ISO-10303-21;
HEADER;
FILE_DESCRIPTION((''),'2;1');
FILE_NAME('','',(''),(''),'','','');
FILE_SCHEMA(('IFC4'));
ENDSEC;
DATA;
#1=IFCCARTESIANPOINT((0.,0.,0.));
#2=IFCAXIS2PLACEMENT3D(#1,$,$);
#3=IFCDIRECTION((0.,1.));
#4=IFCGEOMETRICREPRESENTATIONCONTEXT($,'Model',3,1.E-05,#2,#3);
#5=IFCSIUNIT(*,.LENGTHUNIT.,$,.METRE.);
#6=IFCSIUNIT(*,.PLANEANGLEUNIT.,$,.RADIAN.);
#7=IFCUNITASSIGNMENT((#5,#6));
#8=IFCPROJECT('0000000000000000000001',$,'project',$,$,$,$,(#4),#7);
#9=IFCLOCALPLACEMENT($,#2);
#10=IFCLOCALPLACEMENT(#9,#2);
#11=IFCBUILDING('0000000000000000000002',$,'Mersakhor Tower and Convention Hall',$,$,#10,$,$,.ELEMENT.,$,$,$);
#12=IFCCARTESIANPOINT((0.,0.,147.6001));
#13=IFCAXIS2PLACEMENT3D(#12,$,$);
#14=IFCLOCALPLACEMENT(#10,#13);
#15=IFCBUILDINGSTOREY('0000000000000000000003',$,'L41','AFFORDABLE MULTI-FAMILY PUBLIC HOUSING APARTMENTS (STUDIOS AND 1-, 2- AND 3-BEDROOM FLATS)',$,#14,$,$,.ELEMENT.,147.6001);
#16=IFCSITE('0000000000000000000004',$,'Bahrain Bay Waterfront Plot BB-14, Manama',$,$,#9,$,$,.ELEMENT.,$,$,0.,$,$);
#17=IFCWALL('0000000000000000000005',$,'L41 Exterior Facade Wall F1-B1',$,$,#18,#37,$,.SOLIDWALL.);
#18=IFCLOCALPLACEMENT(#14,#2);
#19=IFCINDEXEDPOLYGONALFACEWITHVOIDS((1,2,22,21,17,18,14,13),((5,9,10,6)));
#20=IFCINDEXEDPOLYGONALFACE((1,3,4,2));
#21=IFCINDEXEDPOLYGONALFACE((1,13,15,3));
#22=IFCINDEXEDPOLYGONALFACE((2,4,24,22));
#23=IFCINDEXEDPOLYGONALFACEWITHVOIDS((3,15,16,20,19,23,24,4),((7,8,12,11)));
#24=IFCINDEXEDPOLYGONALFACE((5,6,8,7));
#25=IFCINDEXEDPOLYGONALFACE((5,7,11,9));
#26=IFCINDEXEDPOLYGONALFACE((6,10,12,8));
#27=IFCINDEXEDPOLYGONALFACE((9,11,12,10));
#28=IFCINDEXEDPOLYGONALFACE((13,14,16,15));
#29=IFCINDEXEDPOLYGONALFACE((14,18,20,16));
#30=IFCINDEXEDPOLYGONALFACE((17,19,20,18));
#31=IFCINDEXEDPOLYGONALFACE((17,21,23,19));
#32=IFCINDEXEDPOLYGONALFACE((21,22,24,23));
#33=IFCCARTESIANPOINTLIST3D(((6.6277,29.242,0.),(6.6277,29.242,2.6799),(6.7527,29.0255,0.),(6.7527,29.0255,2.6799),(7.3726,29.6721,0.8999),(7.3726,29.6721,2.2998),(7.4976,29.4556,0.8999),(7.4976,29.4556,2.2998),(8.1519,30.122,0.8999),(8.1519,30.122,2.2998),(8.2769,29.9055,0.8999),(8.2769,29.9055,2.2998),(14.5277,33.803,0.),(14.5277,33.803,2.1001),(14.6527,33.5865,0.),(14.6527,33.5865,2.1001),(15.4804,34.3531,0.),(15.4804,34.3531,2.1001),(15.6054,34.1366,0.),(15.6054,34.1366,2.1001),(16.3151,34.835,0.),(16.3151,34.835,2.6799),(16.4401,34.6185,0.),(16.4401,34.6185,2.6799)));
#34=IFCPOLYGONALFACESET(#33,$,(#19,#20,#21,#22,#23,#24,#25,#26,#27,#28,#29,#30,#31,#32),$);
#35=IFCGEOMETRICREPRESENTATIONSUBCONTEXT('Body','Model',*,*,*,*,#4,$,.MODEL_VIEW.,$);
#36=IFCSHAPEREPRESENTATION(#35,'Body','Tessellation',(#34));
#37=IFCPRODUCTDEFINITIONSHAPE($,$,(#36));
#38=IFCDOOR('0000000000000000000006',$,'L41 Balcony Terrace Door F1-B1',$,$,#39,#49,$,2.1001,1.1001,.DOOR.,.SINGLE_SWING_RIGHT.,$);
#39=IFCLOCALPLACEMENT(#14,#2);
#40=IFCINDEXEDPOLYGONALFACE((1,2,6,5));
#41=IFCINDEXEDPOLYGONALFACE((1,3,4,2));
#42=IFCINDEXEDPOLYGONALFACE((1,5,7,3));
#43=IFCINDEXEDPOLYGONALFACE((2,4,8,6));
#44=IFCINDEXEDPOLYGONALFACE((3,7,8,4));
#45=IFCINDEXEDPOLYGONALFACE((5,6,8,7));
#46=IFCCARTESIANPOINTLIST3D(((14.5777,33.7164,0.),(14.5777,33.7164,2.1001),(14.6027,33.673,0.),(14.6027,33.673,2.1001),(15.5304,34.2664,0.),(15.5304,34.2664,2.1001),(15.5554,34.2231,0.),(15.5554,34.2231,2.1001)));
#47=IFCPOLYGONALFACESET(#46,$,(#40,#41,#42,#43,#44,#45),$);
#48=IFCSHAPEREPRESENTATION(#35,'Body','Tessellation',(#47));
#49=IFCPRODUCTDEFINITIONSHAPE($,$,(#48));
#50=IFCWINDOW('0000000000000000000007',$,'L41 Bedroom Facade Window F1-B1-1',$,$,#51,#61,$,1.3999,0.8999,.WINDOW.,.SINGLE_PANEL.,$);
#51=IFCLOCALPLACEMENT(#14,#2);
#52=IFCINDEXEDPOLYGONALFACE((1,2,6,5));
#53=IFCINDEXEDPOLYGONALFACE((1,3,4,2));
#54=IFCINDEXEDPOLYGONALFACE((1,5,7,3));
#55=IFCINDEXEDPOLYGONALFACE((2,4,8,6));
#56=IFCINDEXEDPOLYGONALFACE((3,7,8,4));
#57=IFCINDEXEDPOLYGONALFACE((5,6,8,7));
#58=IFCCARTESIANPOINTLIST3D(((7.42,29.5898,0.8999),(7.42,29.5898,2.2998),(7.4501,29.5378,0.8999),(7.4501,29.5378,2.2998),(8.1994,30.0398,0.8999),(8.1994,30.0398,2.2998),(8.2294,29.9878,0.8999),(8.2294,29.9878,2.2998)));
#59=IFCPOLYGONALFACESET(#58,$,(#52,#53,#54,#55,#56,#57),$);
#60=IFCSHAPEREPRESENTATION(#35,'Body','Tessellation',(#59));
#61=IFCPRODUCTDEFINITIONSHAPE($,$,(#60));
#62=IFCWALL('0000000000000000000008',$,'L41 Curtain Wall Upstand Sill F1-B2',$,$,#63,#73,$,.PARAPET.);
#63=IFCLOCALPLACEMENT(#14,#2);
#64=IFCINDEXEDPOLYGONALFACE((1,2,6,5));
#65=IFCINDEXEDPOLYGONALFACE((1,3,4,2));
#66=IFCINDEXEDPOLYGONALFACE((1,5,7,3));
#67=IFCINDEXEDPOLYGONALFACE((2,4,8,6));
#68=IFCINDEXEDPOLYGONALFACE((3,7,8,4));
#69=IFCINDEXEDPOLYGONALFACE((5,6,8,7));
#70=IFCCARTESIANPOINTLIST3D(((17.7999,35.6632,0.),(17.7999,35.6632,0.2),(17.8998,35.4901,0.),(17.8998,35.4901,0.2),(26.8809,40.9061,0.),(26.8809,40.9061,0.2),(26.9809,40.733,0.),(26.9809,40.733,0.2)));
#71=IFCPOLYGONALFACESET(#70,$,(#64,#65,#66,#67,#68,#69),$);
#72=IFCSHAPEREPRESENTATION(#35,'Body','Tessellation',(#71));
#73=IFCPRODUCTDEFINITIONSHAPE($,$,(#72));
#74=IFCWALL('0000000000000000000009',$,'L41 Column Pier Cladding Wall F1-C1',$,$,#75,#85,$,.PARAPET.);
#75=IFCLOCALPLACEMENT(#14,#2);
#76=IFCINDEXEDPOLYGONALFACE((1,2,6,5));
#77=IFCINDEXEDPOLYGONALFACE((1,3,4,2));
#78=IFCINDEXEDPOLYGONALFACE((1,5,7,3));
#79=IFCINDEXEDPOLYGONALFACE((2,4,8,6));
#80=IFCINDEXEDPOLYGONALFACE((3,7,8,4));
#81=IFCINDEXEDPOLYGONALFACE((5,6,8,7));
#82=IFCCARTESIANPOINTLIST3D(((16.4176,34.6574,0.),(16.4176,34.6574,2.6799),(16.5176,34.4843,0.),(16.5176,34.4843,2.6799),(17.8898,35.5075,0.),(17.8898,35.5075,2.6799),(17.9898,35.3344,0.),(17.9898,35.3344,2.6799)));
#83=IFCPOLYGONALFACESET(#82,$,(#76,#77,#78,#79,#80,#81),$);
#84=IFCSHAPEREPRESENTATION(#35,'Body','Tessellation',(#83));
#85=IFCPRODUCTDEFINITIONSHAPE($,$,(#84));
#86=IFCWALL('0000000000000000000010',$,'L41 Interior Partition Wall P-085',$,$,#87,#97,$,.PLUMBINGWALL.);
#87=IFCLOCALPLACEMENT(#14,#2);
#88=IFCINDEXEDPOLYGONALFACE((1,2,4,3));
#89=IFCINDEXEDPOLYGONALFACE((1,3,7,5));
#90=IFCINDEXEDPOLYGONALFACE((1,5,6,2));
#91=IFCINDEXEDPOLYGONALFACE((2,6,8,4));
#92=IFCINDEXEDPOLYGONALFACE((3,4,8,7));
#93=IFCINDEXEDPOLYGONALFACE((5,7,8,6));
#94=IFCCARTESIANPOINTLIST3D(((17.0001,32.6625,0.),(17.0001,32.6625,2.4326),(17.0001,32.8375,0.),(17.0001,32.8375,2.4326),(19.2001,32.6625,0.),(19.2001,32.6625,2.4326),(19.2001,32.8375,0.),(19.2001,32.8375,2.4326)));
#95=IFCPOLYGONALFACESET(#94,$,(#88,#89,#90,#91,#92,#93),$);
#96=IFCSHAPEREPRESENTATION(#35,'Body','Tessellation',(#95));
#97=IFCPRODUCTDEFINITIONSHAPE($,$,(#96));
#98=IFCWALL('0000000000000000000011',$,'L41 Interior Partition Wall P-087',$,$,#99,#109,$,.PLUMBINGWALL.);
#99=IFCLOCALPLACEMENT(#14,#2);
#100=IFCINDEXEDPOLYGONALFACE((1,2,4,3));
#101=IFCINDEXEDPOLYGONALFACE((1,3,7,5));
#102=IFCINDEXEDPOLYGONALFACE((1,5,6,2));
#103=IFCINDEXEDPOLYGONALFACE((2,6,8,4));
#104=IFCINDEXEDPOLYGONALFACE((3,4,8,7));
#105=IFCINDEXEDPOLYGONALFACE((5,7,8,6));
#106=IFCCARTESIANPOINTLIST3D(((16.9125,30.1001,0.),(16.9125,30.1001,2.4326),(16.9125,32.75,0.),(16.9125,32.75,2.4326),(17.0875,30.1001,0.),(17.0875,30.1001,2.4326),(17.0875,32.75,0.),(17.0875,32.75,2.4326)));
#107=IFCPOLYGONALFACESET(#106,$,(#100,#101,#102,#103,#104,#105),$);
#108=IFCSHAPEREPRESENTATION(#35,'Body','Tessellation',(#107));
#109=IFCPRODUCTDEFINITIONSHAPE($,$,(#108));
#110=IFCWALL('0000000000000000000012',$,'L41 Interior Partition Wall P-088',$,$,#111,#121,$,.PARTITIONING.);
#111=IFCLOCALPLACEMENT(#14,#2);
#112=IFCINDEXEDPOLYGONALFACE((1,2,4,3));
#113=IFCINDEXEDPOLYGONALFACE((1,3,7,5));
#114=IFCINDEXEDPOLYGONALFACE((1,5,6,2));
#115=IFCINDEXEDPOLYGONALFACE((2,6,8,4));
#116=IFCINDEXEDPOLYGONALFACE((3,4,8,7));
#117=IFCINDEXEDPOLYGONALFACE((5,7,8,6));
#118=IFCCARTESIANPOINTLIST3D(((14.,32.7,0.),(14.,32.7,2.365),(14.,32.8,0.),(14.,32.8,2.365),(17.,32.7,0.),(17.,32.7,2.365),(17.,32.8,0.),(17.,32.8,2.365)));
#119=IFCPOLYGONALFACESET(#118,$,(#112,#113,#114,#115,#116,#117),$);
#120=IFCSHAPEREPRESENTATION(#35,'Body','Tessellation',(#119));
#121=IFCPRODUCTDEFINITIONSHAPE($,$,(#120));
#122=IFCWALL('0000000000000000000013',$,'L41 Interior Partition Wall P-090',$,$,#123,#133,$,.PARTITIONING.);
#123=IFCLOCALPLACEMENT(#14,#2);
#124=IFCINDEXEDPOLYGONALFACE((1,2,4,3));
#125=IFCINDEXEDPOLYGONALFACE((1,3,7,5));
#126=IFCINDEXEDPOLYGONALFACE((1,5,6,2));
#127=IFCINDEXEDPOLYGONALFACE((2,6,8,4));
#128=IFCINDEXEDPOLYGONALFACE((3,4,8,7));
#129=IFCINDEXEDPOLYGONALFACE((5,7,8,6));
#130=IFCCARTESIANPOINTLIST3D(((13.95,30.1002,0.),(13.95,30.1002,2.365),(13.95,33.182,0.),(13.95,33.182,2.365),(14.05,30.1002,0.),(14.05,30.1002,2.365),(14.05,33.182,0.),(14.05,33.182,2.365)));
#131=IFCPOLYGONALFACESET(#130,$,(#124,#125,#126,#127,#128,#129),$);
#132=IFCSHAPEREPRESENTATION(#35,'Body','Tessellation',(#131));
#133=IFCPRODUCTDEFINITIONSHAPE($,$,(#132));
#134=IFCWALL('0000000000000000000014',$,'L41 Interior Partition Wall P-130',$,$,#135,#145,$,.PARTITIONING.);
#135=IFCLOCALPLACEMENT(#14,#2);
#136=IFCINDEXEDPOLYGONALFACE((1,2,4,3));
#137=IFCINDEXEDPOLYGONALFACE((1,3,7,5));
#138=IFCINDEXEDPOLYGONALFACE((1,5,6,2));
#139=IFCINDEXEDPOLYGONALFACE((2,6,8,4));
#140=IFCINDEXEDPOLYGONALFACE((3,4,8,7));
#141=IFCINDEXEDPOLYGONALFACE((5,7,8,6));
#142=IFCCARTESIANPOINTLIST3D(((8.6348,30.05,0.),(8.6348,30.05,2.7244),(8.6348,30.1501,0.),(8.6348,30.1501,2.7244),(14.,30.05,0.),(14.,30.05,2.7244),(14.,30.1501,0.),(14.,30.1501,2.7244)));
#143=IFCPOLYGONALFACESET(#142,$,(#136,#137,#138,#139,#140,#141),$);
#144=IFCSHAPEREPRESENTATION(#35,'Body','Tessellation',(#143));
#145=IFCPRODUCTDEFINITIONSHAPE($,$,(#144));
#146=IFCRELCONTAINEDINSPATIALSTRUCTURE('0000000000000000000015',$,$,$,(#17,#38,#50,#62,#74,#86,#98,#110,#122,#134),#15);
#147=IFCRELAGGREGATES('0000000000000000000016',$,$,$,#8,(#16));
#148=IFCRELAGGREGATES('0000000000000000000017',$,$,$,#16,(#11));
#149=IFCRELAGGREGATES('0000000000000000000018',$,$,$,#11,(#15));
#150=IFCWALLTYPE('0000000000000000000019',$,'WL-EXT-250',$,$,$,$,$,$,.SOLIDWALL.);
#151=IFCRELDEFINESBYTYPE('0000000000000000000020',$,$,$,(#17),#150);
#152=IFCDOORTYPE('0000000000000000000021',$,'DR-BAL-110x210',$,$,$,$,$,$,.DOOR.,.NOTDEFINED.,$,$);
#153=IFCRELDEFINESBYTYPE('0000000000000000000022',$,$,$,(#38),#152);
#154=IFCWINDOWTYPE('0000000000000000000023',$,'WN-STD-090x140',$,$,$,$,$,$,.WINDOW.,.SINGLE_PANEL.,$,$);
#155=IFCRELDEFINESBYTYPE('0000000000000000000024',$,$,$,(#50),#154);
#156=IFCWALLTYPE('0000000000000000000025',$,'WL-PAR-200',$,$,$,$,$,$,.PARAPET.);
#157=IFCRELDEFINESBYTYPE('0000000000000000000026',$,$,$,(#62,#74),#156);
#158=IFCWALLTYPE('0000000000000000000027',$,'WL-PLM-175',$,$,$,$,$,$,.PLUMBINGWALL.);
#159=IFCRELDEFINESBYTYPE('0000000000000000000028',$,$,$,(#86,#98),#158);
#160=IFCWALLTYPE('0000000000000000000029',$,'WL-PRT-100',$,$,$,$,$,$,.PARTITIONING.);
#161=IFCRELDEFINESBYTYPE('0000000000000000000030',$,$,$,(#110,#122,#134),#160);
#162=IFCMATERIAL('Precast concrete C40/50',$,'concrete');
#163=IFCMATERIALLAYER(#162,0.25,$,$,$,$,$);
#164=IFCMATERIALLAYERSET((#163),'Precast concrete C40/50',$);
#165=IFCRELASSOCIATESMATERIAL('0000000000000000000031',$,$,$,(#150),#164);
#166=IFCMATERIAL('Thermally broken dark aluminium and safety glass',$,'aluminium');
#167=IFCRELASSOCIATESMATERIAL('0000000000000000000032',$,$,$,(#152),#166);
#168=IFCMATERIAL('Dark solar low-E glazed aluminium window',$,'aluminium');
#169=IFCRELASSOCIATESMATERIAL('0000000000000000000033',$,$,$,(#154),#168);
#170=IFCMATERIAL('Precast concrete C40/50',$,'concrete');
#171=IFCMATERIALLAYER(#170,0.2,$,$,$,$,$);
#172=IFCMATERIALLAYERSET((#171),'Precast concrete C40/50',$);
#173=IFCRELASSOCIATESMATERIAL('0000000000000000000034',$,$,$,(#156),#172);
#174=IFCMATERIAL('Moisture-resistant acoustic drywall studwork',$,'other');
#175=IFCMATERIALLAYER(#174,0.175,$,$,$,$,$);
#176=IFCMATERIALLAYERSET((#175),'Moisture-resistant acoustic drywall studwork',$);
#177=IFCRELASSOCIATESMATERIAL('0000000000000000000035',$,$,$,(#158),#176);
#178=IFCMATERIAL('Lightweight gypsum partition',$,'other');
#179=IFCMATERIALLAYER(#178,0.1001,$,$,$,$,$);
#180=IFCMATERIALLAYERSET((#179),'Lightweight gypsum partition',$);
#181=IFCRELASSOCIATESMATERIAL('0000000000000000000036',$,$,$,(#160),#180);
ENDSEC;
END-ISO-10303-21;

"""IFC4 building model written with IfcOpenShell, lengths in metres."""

from ifc_helpers import new_model, si_unit, direction, frame, frame_2d, origin, place, context, subcontext, project, spatial, rectangle, extrude, material, layer, layer_set, type_object, element, fill, save


model = new_model("IFC4")

# Units and contexts
model_context = context("Model", 3, precision=1e-05, world=origin(), true_north=direction((0.0, 1.0)))
body_context = subcontext(model_context, "Body", "Model", "MODEL_VIEW")
ifc_project = project(units=[si_unit("LENGTHUNIT", "METRE"), si_unit("PLANEANGLEUNIT", "RADIAN")], contexts=[model_context])

# Site, building, storey
site_placement = place(None, origin())
site = spatial("IfcSite", under=ifc_project, at=site_placement, Name="Bahrain Bay Waterfront Plot BB-14, Manama", CompositionType="ELEMENT", RefElevation=0.0)
building_placement = place(site_placement, origin())
building = spatial("IfcBuilding", under=site, at=building_placement, Name="Mersakhor Tower and Convention Hall", CompositionType="ELEMENT")
storey_placement = place(building_placement, frame((0.0, 0.0, 147.6001)))
storey = spatial("IfcBuildingStorey", under=building, at=storey_placement, Name="L41", Description="AFFORDABLE MULTI-FAMILY PUBLIC HOUSING APARTMENTS (STUDIOS AND 1-, 2- AND 3-BEDROOM FLATS)", CompositionType="ELEMENT", Elevation=147.6001)

# Wall, openings, door, window
ifc_material_1 = material(Name="Precast concrete C40/50", Category="concrete")
ifc_layer_1 = layer(ifc_material_1, 0.25)
ifc_layer_set_1 = layer_set([ifc_layer_1], Name="Precast concrete C40/50")
wall_type_1 = type_object("IfcWallType", Name="WL-EXT-250", PredefinedType="SOLIDWALL", material=ifc_layer_set_1)
wall_1_placement = place(storey_placement, frame((6.6902, 29.1338, 0.0), z_axis=(0.0, 0.0, 1.0), x_axis=(0.866028, 0.499996, 0.0)))
wall_1 = element("IfcWall", 1, at=wall_1_placement, inside=storey, type_object=wall_type_1, Name="L41 Exterior Facade Wall F1-B1", PredefinedType="SOLIDWALL", context=body_context, shape_type="SweptSolid", body=[
    extrude(rectangle(XDim=11.186, YDim=0.25, at=frame_2d((5.593, 0.0))), origin(), (0.0, 0.0, 1.0), 2.6799),
])
opening_1_placement = place(wall_1_placement, frame((9.1221, 0.0, 0.0)))
opening_1 = element("IfcOpeningElement", 2, at=opening_1_placement, cuts=wall_1, PredefinedType="OPENING", context=body_context, shape_type="SweptSolid", body=[
    extrude(rectangle(XDim=1.1001, YDim=2.1001, at=frame_2d((0.55, 1.05))), frame((0.0, 0.135, 0.0), z_axis=(0.0, -1.0, 0.0), x_axis=(1.0, 0.0, 0.0)), (0.0, 0.0, 1.0), 0.27),
])
opening_2_placement = place(wall_1_placement, frame((0.8601, 0.0, 0.8999)))
opening_2 = element("IfcOpeningElement", 3, at=opening_2_placement, cuts=wall_1, PredefinedType="OPENING", context=body_context, shape_type="SweptSolid", body=[
    extrude(rectangle(XDim=0.8999, YDim=1.3999, at=frame_2d((0.45, 0.7))), frame((0.0, 0.135, 0.0), z_axis=(0.0, -1.0, 0.0), x_axis=(1.0, 0.0, 0.0)), (0.0, 0.0, 1.0), 0.27),
])
ifc_material_2 = material(Name="Thermally broken dark aluminium and safety glass", Category="aluminium")
door_type_1 = type_object("IfcDoorType", Name="DR-BAL-110x210", OperationType="NOTDEFINED", PredefinedType="DOOR", material=ifc_material_2)
door_1_placement = place(opening_1_placement, origin())
door_1 = element("IfcDoor", 4, at=door_1_placement, inside=storey, type_object=door_type_1, Name="L41 Balcony Terrace Door F1-B1", OperationType="SINGLE_SWING_RIGHT", OverallHeight=2.1001, OverallWidth=1.1001, PredefinedType="DOOR", context=body_context, shape_type="SweptSolid", body=[
    extrude(rectangle(XDim=1.1001, YDim=2.1001, at=frame_2d((0.55, 1.05))), frame((0.0, 0.0249, 0.0), z_axis=(0.0, -1.0, 0.0), x_axis=(1.0, 0.0, 0.0)), (0.0, 0.0, 1.0), 0.05),
])
fill(opening_1, door_1)
ifc_material_3 = material(Name="Dark solar low-E glazed aluminium window", Category="aluminium")
window_type = type_object("IfcWindowType", Name="WN-STD-090x140", PartitioningType="SINGLE_PANEL", PredefinedType="WINDOW", material=ifc_material_3)
window_placement = place(opening_2_placement, origin())
window = element("IfcWindow", 5, at=window_placement, inside=storey, type_object=window_type, Name="L41 Bedroom Facade Window F1-B1-1", OverallHeight=1.3999, OverallWidth=0.8999, PartitioningType="SINGLE_PANEL", PredefinedType="WINDOW", context=body_context, shape_type="SweptSolid", body=[
    extrude(rectangle(XDim=0.8999, YDim=1.3999, at=frame_2d((0.45, 0.7))), frame((0.0, 0.03, 0.0), z_axis=(0.0, -1.0, 0.0), x_axis=(1.0, 0.0, 0.0)), (0.0, 0.0, 1.0), 0.0601),
])
fill(opening_2, window)

# Walls
ifc_material_4 = material(Name="Precast concrete C40/50", Category="concrete")
ifc_layer_2 = layer(ifc_material_4, 0.2)
ifc_layer_set_2 = layer_set([ifc_layer_2], Name="Precast concrete C40/50")
wall_type_2 = type_object("IfcWallType", Name="WL-PAR-200", PredefinedType="PARAPET", material=ifc_layer_set_2)
wall_2_placement = place(storey_placement, frame((17.8499, 35.5767, 0.0), z_axis=(0.0, 0.0, 1.0), x_axis=(0.866027, 0.499998, 0.0)))
element("IfcWall", 6, at=wall_2_placement, inside=storey, type_object=wall_type_2, Name="L41 Curtain Wall Upstand Sill F1-B2", PredefinedType="PARAPET", context=body_context, shape_type="SweptSolid", body=[
    extrude(rectangle(XDim=10.4858, YDim=0.2, at=frame_2d((5.2429, 0.0))), origin(), (0.0, 0.0, 1.0), 0.2),
])
wall_3_placement = place(storey_placement, frame((16.4675, 34.5708, 0.0), z_axis=(0.0, 0.0, 1.0), x_axis=(0.865989, 0.500062, 0.0)))
element("IfcWall", 7, at=wall_3_placement, inside=storey, type_object=wall_type_2, Name="L41 Column Pier Cladding Wall F1-C1", PredefinedType="PARAPET", context=body_context, shape_type="SweptSolid", body=[
    extrude(rectangle(XDim=1.7, YDim=0.2, at=frame_2d((0.8501, 0.0))), origin(), (0.0, 0.0, 1.0), 2.6799),
])
ifc_material_5 = material(Name="Moisture-resistant acoustic drywall studwork", Category="other")
ifc_layer_3 = layer(ifc_material_5, 0.175)
ifc_layer_set_3 = layer_set([ifc_layer_3], Name="Moisture-resistant acoustic drywall studwork")
wall_type_3 = type_object("IfcWallType", Name="WL-PLM-175", PredefinedType="PLUMBINGWALL", material=ifc_layer_set_3)
wall_4_placement = place(storey_placement, frame((17.0, 32.75, 0.0), z_axis=(0.0, 0.0, 1.0), x_axis=(1.0, 0.0, 0.0)))
element("IfcWall", 8, at=wall_4_placement, inside=storey, type_object=wall_type_3, Name="L41 Interior Partition Wall P-085", PredefinedType="PLUMBINGWALL", context=body_context, shape_type="SweptSolid", body=[
    extrude(rectangle(XDim=2.2, YDim=0.175, at=frame_2d((1.1001, 0.0))), origin(), (0.0, 0.0, 1.0), 2.4326),
])
wall_5_placement = place(storey_placement, frame((17.0, 30.1001, 0.0), z_axis=(0.0, 0.0, 1.0), x_axis=(0.0, 1.0, 0.0)))
element("IfcWall", 9, at=wall_5_placement, inside=storey, type_object=wall_type_3, Name="L41 Interior Partition Wall P-087", PredefinedType="PLUMBINGWALL", context=body_context, shape_type="SweptSolid", body=[
    extrude(rectangle(XDim=2.6499, YDim=0.175, at=frame_2d((1.325, 0.0))), origin(), (0.0, 0.0, 1.0), 2.4326),
])
ifc_material_6 = material(Name="Lightweight gypsum partition", Category="other")
ifc_layer_4 = layer(ifc_material_6, 0.1001)
ifc_layer_set_4 = layer_set([ifc_layer_4], Name="Lightweight gypsum partition")
wall_type_4 = type_object("IfcWallType", Name="WL-PRT-100", PredefinedType="PARTITIONING", material=ifc_layer_set_4)
wall_6_placement = place(storey_placement, frame((14.0, 32.75, 0.0), z_axis=(0.0, 0.0, 1.0), x_axis=(1.0, 0.0, 0.0)))
element("IfcWall", 10, at=wall_6_placement, inside=storey, type_object=wall_type_4, Name="L41 Interior Partition Wall P-088", PredefinedType="PARTITIONING", context=body_context, shape_type="SweptSolid", body=[
    extrude(rectangle(XDim=3.0, YDim=0.1001, at=frame_2d((1.5, 0.0))), origin(), (0.0, 0.0, 1.0), 2.365),
])
wall_7_placement = place(storey_placement, frame((14.0, 30.1001, 0.0), z_axis=(0.0, 0.0, 1.0), x_axis=(0.0, 1.0, 0.0)))
element("IfcWall", 11, at=wall_7_placement, inside=storey, type_object=wall_type_4, Name="L41 Interior Partition Wall P-090", PredefinedType="PARTITIONING", context=body_context, shape_type="SweptSolid", body=[
    extrude(rectangle(XDim=3.0818, YDim=0.1001, at=frame_2d((1.541, 0.0))), origin(), (0.0, 0.0, 1.0), 2.365),
])
wall_8_placement = place(storey_placement, frame((8.6348, 30.1001, 0.0), z_axis=(0.0, 0.0, 1.0), x_axis=(1.0, 0.0, 0.0)))
element("IfcWall", 12, at=wall_8_placement, inside=storey, type_object=wall_type_4, Name="L41 Interior Partition Wall P-130", PredefinedType="PARTITIONING", context=body_context, shape_type="SweptSolid", body=[
    extrude(rectangle(XDim=5.3652, YDim=0.1001, at=frame_2d((2.6826, 0.0))), origin(), (0.0, 0.0, 1.0), 2.7244),
])

save(model, "model.ifc")
